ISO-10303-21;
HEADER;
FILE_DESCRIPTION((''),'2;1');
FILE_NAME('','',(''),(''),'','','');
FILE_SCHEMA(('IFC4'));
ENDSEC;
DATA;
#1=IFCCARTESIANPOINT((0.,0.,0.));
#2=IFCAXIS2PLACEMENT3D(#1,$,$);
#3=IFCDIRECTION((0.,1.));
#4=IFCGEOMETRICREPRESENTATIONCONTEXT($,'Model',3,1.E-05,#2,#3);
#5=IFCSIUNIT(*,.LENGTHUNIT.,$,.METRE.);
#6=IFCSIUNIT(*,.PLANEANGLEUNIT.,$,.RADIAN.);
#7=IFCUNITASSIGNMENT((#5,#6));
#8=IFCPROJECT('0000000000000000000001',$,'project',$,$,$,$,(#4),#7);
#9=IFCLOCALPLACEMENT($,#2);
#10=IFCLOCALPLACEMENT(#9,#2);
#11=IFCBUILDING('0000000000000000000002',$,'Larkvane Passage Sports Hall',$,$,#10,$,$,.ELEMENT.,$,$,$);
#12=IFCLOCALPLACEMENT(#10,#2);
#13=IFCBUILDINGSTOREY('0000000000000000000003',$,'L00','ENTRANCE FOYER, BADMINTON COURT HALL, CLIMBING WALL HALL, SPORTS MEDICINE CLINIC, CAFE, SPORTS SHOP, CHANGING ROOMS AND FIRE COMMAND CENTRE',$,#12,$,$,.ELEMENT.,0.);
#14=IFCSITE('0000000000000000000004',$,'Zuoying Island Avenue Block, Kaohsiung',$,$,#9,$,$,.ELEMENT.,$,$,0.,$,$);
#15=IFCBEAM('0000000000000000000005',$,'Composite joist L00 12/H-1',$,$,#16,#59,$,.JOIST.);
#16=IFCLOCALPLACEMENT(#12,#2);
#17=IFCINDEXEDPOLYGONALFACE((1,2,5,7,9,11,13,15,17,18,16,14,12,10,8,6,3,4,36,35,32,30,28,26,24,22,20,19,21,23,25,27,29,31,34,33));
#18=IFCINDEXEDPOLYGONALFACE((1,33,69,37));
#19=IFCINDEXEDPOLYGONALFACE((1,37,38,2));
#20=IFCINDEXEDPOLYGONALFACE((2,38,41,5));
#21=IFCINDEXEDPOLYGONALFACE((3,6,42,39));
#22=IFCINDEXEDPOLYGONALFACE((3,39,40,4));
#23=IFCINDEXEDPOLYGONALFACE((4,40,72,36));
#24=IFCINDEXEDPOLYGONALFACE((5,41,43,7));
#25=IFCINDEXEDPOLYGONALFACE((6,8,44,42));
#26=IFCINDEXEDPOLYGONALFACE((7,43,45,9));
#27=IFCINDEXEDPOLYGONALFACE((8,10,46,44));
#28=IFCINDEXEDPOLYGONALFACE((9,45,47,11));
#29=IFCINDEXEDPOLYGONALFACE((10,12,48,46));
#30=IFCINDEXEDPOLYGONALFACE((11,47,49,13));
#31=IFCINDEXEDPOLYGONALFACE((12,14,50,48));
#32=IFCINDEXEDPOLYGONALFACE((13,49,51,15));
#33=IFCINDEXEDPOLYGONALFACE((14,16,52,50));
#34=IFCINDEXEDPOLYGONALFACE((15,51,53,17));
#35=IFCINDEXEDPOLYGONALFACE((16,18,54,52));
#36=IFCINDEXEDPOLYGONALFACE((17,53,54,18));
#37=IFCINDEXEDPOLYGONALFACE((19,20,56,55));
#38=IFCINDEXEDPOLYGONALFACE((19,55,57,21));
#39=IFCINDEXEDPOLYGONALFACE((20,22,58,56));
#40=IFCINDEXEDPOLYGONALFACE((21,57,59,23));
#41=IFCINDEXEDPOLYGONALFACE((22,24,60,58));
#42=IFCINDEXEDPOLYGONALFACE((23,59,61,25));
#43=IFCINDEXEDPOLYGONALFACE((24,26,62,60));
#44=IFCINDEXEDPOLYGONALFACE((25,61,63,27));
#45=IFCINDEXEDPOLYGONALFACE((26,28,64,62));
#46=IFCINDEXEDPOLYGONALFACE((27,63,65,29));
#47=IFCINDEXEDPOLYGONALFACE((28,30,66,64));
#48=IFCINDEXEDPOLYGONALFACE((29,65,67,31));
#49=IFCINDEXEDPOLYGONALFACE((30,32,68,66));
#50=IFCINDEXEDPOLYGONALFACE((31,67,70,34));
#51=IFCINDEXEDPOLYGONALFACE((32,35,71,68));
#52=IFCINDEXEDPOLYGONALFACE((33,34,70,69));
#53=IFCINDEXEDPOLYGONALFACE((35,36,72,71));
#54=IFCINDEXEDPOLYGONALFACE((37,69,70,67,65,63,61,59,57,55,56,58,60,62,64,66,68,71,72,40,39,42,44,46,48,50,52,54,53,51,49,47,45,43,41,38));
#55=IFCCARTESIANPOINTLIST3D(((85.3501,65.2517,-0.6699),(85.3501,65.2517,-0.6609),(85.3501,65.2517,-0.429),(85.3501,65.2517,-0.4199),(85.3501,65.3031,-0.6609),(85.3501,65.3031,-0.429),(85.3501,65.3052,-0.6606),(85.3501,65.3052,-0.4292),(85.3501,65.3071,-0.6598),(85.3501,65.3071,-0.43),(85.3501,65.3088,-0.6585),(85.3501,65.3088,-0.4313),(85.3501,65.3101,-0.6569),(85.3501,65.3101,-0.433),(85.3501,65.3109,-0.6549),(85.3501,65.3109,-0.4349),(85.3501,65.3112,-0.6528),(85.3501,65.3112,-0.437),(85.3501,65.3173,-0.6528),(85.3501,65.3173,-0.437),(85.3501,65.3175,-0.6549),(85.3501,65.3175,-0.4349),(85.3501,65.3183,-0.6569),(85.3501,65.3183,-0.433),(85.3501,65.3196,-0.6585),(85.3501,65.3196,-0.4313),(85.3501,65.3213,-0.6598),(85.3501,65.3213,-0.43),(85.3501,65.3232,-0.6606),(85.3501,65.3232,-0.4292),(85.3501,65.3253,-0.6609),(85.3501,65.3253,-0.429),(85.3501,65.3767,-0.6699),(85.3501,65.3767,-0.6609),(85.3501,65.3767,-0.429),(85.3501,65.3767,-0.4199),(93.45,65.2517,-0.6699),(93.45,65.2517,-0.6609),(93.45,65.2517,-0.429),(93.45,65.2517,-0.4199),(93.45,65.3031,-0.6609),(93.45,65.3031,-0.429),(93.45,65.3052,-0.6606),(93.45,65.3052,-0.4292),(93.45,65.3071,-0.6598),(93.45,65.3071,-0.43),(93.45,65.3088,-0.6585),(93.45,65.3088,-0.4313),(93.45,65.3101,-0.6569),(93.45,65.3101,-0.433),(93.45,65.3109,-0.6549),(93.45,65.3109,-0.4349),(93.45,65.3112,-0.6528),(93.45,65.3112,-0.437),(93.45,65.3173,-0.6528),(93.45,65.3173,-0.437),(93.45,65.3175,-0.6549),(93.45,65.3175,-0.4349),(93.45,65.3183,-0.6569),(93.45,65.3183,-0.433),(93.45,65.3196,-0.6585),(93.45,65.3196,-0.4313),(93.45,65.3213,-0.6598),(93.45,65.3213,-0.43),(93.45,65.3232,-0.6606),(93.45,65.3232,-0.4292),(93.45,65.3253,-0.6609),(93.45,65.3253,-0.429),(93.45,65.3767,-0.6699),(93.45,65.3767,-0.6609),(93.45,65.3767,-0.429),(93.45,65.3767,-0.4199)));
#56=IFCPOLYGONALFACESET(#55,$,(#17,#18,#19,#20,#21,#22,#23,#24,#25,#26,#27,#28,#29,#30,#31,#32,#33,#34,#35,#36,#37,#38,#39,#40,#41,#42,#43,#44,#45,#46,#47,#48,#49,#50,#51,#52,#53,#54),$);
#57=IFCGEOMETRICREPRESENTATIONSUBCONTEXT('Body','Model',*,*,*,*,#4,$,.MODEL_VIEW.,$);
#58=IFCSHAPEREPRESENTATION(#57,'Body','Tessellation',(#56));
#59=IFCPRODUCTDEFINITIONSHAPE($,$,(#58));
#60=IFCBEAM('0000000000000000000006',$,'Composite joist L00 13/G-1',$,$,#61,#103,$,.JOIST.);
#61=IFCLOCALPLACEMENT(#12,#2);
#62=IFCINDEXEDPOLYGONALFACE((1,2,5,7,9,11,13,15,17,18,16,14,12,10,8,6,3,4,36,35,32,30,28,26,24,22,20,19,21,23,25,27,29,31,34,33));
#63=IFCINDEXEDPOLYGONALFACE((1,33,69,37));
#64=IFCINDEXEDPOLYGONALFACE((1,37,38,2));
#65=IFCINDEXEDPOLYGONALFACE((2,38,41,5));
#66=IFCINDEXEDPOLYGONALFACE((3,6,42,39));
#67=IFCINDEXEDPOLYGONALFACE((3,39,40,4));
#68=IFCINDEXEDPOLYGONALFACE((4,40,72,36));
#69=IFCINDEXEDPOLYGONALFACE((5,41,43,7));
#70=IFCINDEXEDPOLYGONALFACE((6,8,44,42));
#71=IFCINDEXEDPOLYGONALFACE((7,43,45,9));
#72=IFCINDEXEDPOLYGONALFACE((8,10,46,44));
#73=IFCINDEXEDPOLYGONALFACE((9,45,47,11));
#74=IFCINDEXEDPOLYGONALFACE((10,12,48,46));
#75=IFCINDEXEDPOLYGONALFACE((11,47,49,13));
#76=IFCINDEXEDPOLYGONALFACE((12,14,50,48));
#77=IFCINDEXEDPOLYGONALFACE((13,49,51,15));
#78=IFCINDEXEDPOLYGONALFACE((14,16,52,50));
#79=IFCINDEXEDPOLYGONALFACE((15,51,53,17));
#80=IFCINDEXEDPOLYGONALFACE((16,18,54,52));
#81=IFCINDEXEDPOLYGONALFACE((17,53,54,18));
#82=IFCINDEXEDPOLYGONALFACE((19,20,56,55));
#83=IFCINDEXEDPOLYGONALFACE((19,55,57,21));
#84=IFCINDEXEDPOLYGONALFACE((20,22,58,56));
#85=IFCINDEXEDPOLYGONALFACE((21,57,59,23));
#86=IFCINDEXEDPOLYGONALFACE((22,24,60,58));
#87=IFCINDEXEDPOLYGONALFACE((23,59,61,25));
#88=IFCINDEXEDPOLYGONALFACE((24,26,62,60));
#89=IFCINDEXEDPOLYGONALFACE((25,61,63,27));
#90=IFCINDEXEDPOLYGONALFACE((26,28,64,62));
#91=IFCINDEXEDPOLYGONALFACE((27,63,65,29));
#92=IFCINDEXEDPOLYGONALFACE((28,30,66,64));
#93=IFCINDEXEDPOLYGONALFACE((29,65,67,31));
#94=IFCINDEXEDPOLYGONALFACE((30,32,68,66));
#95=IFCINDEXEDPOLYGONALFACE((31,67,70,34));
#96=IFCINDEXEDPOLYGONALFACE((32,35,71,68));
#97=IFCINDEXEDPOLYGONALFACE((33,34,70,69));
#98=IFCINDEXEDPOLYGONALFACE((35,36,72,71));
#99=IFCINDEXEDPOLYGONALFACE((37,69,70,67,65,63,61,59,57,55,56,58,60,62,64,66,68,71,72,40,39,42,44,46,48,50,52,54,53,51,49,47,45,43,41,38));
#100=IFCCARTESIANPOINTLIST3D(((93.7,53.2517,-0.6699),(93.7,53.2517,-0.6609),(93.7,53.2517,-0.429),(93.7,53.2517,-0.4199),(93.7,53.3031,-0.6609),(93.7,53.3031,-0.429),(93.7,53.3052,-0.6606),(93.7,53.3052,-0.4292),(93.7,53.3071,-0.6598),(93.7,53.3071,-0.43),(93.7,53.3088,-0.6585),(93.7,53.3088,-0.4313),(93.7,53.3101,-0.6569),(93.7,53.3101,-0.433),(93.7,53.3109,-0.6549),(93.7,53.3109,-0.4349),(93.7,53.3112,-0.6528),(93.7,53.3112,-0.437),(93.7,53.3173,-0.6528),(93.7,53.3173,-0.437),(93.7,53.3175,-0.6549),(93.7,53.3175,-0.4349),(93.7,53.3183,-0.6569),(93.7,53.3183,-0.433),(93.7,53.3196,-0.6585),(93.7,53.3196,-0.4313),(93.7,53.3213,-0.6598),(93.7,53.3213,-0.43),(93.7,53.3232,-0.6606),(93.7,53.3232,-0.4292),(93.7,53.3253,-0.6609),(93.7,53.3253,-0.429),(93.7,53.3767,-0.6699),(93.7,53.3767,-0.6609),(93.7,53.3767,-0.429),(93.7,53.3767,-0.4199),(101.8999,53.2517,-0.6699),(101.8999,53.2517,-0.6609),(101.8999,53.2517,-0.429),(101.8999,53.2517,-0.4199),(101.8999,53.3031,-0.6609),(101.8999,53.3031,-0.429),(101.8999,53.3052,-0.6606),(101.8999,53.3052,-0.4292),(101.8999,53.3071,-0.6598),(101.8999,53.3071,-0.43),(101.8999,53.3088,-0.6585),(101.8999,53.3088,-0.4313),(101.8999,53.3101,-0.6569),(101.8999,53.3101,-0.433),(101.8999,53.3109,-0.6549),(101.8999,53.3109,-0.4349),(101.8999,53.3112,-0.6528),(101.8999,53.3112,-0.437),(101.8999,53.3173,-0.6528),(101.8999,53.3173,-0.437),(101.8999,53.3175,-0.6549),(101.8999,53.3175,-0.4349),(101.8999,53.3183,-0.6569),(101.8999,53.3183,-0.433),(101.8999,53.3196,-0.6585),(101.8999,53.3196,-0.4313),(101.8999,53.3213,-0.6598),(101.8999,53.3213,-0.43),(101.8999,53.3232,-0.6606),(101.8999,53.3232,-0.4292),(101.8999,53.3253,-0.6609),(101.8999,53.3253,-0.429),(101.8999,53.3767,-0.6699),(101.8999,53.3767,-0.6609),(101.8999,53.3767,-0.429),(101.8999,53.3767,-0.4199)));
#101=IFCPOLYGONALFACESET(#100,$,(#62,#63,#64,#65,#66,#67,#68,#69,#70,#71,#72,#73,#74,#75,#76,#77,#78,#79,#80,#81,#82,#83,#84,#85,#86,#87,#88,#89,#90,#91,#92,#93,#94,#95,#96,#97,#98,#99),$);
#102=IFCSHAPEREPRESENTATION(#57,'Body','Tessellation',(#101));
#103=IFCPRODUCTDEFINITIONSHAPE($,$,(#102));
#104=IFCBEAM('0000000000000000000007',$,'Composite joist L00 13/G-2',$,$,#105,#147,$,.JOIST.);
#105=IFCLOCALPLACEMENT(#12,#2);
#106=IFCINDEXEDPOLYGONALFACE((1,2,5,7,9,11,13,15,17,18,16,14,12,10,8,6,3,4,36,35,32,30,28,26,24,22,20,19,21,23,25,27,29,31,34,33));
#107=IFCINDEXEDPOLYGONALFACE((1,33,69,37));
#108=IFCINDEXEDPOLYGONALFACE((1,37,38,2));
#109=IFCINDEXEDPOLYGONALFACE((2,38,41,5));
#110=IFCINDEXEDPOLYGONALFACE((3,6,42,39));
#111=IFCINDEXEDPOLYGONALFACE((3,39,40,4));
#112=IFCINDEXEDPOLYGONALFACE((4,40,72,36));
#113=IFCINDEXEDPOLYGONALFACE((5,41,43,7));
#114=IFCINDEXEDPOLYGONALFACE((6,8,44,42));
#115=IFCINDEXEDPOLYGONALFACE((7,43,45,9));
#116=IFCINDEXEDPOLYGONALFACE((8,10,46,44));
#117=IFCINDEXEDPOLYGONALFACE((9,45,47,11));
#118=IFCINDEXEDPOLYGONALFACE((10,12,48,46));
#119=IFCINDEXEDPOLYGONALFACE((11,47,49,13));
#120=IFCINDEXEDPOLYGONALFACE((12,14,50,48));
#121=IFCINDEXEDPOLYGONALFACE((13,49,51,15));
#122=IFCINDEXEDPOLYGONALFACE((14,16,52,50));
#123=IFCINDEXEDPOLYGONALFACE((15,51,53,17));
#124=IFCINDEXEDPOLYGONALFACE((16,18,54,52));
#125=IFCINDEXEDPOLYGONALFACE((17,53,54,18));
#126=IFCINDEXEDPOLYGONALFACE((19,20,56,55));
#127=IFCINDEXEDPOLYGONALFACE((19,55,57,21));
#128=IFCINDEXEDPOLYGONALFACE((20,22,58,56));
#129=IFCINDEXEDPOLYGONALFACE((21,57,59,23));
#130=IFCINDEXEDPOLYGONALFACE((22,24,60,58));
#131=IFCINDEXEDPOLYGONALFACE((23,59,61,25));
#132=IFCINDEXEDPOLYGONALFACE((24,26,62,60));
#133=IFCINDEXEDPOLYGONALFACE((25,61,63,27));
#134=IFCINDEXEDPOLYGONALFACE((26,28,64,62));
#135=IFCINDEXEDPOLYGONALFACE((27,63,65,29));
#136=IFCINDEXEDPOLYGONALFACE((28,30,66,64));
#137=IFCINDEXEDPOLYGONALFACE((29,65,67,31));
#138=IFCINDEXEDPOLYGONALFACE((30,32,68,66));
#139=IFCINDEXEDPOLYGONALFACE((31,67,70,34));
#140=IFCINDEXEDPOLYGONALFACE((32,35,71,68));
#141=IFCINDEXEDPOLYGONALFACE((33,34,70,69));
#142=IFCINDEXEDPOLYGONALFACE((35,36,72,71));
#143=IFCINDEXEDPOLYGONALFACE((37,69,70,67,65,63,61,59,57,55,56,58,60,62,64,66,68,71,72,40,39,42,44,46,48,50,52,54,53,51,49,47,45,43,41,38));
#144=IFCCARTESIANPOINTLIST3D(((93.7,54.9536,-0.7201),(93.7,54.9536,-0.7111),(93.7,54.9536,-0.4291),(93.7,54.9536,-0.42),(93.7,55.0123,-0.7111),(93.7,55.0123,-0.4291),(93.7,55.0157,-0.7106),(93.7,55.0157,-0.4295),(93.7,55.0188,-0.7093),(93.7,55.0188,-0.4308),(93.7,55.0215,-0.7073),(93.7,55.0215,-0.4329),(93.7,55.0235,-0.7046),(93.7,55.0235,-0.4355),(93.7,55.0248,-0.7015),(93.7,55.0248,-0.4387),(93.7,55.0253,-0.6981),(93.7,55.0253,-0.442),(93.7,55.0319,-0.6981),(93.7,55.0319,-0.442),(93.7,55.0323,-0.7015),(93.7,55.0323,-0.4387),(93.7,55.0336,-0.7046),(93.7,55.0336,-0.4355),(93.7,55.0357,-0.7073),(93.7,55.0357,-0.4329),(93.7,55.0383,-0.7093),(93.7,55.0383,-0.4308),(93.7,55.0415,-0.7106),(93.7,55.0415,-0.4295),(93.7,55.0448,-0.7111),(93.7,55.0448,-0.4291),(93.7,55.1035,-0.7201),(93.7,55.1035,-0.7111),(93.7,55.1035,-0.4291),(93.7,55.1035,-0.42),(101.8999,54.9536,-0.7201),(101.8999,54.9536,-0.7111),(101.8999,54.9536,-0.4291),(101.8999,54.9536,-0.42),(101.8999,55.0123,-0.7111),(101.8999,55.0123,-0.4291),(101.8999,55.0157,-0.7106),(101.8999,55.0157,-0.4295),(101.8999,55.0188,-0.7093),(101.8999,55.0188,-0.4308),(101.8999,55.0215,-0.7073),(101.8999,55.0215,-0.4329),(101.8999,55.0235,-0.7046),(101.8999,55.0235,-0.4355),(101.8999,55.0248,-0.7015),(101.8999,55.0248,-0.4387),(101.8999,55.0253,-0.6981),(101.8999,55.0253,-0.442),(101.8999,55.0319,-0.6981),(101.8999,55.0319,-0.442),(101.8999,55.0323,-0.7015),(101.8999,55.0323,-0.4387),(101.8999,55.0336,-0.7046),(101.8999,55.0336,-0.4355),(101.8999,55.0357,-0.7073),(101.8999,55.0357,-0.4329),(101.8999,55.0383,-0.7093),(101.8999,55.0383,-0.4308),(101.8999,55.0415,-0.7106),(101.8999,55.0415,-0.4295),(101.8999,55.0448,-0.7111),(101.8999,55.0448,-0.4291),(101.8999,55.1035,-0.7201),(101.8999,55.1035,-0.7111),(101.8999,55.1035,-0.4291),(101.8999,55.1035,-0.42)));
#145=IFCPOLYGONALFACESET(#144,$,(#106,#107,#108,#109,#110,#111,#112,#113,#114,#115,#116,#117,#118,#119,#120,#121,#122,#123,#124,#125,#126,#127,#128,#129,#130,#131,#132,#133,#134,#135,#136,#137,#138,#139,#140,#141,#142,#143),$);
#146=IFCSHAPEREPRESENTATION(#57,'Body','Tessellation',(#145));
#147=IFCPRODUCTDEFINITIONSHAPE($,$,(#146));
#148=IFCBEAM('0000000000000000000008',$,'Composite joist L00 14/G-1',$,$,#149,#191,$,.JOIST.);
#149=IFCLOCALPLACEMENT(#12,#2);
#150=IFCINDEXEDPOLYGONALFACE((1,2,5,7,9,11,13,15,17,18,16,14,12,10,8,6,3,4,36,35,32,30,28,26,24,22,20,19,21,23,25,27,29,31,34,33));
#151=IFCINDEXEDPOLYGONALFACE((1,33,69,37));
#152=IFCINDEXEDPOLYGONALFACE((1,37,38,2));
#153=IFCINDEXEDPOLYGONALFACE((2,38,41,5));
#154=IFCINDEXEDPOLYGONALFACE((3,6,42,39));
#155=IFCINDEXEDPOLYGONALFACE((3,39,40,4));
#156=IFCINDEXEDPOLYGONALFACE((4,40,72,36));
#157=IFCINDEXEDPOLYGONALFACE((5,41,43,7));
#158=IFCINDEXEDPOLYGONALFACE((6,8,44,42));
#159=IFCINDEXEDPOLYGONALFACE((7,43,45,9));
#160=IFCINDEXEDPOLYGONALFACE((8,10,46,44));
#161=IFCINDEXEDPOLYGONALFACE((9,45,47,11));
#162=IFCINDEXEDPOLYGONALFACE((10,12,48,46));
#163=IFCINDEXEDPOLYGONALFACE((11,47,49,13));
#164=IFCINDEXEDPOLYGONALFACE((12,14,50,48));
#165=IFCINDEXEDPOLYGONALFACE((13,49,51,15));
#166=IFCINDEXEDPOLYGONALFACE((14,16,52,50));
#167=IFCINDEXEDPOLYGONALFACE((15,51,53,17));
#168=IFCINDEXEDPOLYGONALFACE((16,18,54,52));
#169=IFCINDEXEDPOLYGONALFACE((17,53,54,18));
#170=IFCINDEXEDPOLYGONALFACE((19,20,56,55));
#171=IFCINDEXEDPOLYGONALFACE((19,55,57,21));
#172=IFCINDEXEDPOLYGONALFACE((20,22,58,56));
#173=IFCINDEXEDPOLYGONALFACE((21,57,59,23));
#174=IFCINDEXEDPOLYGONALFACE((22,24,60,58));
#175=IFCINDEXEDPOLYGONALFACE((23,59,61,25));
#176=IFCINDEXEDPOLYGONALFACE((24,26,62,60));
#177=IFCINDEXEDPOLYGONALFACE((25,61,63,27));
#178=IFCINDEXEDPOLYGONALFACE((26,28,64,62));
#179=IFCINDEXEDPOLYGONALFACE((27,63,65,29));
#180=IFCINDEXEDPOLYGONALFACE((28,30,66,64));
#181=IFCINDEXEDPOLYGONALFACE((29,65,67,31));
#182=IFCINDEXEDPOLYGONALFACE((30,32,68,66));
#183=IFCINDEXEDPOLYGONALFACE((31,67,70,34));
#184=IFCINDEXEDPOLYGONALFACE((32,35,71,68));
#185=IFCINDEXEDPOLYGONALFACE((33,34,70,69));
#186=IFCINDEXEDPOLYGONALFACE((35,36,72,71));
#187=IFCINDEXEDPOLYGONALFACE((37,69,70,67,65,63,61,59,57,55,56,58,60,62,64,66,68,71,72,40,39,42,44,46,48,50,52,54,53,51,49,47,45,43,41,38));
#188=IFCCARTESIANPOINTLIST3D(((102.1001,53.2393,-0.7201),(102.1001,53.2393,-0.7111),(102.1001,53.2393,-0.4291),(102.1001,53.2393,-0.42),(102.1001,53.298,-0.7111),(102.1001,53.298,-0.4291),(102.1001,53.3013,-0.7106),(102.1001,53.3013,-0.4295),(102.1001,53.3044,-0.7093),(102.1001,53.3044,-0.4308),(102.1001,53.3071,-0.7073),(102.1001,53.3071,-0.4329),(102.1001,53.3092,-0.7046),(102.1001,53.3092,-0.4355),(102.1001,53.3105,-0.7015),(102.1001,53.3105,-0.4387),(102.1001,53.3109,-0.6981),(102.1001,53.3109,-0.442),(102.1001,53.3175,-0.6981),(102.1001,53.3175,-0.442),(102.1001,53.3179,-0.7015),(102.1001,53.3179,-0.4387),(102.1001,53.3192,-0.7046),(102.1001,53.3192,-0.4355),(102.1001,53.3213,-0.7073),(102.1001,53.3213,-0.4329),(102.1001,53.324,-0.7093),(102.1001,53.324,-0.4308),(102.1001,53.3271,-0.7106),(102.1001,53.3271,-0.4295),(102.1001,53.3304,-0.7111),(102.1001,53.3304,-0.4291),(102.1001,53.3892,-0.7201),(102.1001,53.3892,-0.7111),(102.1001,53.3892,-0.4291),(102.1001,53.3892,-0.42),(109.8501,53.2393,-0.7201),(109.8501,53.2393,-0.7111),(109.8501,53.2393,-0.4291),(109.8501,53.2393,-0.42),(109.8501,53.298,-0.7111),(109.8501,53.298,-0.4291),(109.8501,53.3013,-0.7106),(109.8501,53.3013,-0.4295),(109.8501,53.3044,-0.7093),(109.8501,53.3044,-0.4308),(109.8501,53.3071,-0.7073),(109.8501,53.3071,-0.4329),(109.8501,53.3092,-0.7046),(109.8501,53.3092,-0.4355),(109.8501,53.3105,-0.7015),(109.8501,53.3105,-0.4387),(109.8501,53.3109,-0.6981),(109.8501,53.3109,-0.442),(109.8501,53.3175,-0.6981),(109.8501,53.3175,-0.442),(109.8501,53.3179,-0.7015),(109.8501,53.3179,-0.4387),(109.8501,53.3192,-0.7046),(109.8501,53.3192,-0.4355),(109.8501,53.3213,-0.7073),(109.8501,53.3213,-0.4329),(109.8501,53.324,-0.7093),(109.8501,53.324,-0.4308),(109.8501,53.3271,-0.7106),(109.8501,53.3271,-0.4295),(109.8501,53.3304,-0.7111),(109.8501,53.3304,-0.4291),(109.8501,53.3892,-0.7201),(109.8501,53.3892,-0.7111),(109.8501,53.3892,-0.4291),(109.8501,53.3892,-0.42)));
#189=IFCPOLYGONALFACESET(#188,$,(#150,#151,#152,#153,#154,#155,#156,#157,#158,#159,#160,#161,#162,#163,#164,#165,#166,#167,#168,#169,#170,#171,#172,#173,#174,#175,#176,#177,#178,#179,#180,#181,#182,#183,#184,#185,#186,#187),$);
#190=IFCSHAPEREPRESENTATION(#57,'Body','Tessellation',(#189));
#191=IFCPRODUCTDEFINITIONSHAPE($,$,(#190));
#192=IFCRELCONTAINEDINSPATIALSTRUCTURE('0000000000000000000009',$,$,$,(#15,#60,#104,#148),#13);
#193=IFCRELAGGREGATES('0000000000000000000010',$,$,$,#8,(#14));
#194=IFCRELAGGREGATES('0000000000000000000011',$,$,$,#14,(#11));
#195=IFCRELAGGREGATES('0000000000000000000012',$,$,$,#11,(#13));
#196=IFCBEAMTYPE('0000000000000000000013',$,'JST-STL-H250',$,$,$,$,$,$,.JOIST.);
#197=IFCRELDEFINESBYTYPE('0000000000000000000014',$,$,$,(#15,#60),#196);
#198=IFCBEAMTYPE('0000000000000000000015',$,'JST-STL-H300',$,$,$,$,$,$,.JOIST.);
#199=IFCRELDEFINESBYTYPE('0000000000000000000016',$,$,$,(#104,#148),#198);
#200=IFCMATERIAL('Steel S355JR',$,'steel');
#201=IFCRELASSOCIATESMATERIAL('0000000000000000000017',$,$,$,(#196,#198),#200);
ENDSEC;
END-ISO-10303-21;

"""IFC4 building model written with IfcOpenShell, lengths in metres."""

from ifc_helpers import new_model, si_unit, direction, frame, origin, origin_2d, place, context, subcontext, project, spatial, i_section, extrude, material, material_profile, profile_set, type_object, element, save


model = new_model("IFC4")

# Units and contexts
model_context = context("Model", 3, precision=1e-05, world=origin(), true_north=direction((0.0, 1.0)))
body_context = subcontext(model_context, "Body", "Model", "MODEL_VIEW")
ifc_project = project(units=[si_unit("LENGTHUNIT", "METRE"), si_unit("PLANEANGLEUNIT", "RADIAN")], contexts=[model_context])

# Site, building, storey
site_placement = place(None, origin())
site = spatial("IfcSite", under=ifc_project, at=site_placement, Name="Zuoying Island Avenue Block, Kaohsiung", CompositionType="ELEMENT", RefElevation=0.0)
building_placement = place(site_placement, origin())
building = spatial("IfcBuilding", under=site, at=building_placement, Name="Larkvane Passage Sports Hall", CompositionType="ELEMENT")
storey_placement = place(building_placement, origin())
storey = spatial("IfcBuildingStorey", under=building, at=storey_placement, Name="L00", Description="ENTRANCE FOYER, BADMINTON COURT HALL, CLIMBING WALL HALL, SPORTS MEDICINE CLINIC, CAFE, SPORTS SHOP, CHANGING ROOMS AND FIRE COMMAND CENTRE", CompositionType="ELEMENT", Elevation=0.0)

# Beams
ifc_material_1 = material(Name="Steel S355JR", Category="steel")
ifc_material_profile_1 = material_profile(ifc_material_1, i_section(OverallWidth=0.125, OverallDepth=0.25, WebThickness=0.0061, FlangeThickness=0.009, FilletRadius=0.0081, at=origin_2d()), Name="H-250x125x6x9")
ifc_profile_set_1 = profile_set([ifc_material_profile_1], Name="Steel S355JR")
beam_type_1 = type_object("IfcBeamType", Name="JST-STL-H250", PredefinedType="JOIST", material=ifc_profile_set_1)
beam_1_placement = place(storey_placement, frame((85.3501, 65.3142, -0.5449), z_axis=(1.0, 0.0, 0.0), x_axis=(0.0, 1.0, 0.0)))
element("IfcBeam", 1, at=beam_1_placement, inside=storey, type_object=beam_type_1, Name="Composite joist L00 12/H-1", PredefinedType="JOIST", context=body_context, shape_type="SweptSolid", body=[
    extrude(i_section(OverallWidth=0.125, OverallDepth=0.25, WebThickness=0.0061, FlangeThickness=0.009, FilletRadius=0.0081, at=origin_2d()), origin(), (0.0, 0.0, 1.0), 8.0999),
])
beam_2_placement = place(storey_placement, frame((93.7, 53.3142, -0.5449), z_axis=(1.0, 0.0, 0.0), x_axis=(0.0, 1.0, 0.0)))
element("IfcBeam", 2, at=beam_2_placement, inside=storey, type_object=beam_type_1, Name="Composite joist L00 13/G-1", PredefinedType="JOIST", context=body_context, shape_type="SweptSolid", body=[
    extrude(i_section(OverallWidth=0.125, OverallDepth=0.25, WebThickness=0.0061, FlangeThickness=0.009, FilletRadius=0.0081, at=origin_2d()), origin(), (0.0, 0.0, 1.0), 8.2),
])
ifc_material_profile_2 = material_profile(ifc_material_1, i_section(OverallWidth=0.1499, OverallDepth=0.3, WebThickness=0.0066, FlangeThickness=0.009, FilletRadius=0.0129, at=origin_2d()), Name="H-300x150x6.5x9")
ifc_profile_set_2 = profile_set([ifc_material_profile_2], Name="Steel S355JR")
beam_type_2 = type_object("IfcBeamType", Name="JST-STL-H300", PredefinedType="JOIST", material=ifc_profile_set_2)
beam_3_placement = place(storey_placement, frame((93.7, 55.0286, -0.5701), z_axis=(1.0, 0.0, 0.0), x_axis=(0.0, 1.0, 0.0)))
element("IfcBeam", 3, at=beam_3_placement, inside=storey, type_object=beam_type_2, Name="Composite joist L00 13/G-2", PredefinedType="JOIST", context=body_context, shape_type="SweptSolid", body=[
    extrude(i_section(OverallWidth=0.1499, OverallDepth=0.3, WebThickness=0.0066, FlangeThickness=0.009, FilletRadius=0.0129, at=origin_2d()), origin(), (0.0, 0.0, 1.0), 8.2),
])
beam_4_placement = place(storey_placement, frame((102.1001, 53.3142, -0.5701), z_axis=(1.0, 0.0, 0.0), x_axis=(0.0, 1.0, 0.0)))
element("IfcBeam", 4, at=beam_4_placement, inside=storey, type_object=beam_type_2, Name="Composite joist L00 14/G-1", PredefinedType="JOIST", context=body_context, shape_type="SweptSolid", body=[
    extrude(i_section(OverallWidth=0.1499, OverallDepth=0.3, WebThickness=0.0066, FlangeThickness=0.009, FilletRadius=0.0129, at=origin_2d()), origin(), (0.0, 0.0, 1.0), 7.75),
])

save(model, "model.ifc")
